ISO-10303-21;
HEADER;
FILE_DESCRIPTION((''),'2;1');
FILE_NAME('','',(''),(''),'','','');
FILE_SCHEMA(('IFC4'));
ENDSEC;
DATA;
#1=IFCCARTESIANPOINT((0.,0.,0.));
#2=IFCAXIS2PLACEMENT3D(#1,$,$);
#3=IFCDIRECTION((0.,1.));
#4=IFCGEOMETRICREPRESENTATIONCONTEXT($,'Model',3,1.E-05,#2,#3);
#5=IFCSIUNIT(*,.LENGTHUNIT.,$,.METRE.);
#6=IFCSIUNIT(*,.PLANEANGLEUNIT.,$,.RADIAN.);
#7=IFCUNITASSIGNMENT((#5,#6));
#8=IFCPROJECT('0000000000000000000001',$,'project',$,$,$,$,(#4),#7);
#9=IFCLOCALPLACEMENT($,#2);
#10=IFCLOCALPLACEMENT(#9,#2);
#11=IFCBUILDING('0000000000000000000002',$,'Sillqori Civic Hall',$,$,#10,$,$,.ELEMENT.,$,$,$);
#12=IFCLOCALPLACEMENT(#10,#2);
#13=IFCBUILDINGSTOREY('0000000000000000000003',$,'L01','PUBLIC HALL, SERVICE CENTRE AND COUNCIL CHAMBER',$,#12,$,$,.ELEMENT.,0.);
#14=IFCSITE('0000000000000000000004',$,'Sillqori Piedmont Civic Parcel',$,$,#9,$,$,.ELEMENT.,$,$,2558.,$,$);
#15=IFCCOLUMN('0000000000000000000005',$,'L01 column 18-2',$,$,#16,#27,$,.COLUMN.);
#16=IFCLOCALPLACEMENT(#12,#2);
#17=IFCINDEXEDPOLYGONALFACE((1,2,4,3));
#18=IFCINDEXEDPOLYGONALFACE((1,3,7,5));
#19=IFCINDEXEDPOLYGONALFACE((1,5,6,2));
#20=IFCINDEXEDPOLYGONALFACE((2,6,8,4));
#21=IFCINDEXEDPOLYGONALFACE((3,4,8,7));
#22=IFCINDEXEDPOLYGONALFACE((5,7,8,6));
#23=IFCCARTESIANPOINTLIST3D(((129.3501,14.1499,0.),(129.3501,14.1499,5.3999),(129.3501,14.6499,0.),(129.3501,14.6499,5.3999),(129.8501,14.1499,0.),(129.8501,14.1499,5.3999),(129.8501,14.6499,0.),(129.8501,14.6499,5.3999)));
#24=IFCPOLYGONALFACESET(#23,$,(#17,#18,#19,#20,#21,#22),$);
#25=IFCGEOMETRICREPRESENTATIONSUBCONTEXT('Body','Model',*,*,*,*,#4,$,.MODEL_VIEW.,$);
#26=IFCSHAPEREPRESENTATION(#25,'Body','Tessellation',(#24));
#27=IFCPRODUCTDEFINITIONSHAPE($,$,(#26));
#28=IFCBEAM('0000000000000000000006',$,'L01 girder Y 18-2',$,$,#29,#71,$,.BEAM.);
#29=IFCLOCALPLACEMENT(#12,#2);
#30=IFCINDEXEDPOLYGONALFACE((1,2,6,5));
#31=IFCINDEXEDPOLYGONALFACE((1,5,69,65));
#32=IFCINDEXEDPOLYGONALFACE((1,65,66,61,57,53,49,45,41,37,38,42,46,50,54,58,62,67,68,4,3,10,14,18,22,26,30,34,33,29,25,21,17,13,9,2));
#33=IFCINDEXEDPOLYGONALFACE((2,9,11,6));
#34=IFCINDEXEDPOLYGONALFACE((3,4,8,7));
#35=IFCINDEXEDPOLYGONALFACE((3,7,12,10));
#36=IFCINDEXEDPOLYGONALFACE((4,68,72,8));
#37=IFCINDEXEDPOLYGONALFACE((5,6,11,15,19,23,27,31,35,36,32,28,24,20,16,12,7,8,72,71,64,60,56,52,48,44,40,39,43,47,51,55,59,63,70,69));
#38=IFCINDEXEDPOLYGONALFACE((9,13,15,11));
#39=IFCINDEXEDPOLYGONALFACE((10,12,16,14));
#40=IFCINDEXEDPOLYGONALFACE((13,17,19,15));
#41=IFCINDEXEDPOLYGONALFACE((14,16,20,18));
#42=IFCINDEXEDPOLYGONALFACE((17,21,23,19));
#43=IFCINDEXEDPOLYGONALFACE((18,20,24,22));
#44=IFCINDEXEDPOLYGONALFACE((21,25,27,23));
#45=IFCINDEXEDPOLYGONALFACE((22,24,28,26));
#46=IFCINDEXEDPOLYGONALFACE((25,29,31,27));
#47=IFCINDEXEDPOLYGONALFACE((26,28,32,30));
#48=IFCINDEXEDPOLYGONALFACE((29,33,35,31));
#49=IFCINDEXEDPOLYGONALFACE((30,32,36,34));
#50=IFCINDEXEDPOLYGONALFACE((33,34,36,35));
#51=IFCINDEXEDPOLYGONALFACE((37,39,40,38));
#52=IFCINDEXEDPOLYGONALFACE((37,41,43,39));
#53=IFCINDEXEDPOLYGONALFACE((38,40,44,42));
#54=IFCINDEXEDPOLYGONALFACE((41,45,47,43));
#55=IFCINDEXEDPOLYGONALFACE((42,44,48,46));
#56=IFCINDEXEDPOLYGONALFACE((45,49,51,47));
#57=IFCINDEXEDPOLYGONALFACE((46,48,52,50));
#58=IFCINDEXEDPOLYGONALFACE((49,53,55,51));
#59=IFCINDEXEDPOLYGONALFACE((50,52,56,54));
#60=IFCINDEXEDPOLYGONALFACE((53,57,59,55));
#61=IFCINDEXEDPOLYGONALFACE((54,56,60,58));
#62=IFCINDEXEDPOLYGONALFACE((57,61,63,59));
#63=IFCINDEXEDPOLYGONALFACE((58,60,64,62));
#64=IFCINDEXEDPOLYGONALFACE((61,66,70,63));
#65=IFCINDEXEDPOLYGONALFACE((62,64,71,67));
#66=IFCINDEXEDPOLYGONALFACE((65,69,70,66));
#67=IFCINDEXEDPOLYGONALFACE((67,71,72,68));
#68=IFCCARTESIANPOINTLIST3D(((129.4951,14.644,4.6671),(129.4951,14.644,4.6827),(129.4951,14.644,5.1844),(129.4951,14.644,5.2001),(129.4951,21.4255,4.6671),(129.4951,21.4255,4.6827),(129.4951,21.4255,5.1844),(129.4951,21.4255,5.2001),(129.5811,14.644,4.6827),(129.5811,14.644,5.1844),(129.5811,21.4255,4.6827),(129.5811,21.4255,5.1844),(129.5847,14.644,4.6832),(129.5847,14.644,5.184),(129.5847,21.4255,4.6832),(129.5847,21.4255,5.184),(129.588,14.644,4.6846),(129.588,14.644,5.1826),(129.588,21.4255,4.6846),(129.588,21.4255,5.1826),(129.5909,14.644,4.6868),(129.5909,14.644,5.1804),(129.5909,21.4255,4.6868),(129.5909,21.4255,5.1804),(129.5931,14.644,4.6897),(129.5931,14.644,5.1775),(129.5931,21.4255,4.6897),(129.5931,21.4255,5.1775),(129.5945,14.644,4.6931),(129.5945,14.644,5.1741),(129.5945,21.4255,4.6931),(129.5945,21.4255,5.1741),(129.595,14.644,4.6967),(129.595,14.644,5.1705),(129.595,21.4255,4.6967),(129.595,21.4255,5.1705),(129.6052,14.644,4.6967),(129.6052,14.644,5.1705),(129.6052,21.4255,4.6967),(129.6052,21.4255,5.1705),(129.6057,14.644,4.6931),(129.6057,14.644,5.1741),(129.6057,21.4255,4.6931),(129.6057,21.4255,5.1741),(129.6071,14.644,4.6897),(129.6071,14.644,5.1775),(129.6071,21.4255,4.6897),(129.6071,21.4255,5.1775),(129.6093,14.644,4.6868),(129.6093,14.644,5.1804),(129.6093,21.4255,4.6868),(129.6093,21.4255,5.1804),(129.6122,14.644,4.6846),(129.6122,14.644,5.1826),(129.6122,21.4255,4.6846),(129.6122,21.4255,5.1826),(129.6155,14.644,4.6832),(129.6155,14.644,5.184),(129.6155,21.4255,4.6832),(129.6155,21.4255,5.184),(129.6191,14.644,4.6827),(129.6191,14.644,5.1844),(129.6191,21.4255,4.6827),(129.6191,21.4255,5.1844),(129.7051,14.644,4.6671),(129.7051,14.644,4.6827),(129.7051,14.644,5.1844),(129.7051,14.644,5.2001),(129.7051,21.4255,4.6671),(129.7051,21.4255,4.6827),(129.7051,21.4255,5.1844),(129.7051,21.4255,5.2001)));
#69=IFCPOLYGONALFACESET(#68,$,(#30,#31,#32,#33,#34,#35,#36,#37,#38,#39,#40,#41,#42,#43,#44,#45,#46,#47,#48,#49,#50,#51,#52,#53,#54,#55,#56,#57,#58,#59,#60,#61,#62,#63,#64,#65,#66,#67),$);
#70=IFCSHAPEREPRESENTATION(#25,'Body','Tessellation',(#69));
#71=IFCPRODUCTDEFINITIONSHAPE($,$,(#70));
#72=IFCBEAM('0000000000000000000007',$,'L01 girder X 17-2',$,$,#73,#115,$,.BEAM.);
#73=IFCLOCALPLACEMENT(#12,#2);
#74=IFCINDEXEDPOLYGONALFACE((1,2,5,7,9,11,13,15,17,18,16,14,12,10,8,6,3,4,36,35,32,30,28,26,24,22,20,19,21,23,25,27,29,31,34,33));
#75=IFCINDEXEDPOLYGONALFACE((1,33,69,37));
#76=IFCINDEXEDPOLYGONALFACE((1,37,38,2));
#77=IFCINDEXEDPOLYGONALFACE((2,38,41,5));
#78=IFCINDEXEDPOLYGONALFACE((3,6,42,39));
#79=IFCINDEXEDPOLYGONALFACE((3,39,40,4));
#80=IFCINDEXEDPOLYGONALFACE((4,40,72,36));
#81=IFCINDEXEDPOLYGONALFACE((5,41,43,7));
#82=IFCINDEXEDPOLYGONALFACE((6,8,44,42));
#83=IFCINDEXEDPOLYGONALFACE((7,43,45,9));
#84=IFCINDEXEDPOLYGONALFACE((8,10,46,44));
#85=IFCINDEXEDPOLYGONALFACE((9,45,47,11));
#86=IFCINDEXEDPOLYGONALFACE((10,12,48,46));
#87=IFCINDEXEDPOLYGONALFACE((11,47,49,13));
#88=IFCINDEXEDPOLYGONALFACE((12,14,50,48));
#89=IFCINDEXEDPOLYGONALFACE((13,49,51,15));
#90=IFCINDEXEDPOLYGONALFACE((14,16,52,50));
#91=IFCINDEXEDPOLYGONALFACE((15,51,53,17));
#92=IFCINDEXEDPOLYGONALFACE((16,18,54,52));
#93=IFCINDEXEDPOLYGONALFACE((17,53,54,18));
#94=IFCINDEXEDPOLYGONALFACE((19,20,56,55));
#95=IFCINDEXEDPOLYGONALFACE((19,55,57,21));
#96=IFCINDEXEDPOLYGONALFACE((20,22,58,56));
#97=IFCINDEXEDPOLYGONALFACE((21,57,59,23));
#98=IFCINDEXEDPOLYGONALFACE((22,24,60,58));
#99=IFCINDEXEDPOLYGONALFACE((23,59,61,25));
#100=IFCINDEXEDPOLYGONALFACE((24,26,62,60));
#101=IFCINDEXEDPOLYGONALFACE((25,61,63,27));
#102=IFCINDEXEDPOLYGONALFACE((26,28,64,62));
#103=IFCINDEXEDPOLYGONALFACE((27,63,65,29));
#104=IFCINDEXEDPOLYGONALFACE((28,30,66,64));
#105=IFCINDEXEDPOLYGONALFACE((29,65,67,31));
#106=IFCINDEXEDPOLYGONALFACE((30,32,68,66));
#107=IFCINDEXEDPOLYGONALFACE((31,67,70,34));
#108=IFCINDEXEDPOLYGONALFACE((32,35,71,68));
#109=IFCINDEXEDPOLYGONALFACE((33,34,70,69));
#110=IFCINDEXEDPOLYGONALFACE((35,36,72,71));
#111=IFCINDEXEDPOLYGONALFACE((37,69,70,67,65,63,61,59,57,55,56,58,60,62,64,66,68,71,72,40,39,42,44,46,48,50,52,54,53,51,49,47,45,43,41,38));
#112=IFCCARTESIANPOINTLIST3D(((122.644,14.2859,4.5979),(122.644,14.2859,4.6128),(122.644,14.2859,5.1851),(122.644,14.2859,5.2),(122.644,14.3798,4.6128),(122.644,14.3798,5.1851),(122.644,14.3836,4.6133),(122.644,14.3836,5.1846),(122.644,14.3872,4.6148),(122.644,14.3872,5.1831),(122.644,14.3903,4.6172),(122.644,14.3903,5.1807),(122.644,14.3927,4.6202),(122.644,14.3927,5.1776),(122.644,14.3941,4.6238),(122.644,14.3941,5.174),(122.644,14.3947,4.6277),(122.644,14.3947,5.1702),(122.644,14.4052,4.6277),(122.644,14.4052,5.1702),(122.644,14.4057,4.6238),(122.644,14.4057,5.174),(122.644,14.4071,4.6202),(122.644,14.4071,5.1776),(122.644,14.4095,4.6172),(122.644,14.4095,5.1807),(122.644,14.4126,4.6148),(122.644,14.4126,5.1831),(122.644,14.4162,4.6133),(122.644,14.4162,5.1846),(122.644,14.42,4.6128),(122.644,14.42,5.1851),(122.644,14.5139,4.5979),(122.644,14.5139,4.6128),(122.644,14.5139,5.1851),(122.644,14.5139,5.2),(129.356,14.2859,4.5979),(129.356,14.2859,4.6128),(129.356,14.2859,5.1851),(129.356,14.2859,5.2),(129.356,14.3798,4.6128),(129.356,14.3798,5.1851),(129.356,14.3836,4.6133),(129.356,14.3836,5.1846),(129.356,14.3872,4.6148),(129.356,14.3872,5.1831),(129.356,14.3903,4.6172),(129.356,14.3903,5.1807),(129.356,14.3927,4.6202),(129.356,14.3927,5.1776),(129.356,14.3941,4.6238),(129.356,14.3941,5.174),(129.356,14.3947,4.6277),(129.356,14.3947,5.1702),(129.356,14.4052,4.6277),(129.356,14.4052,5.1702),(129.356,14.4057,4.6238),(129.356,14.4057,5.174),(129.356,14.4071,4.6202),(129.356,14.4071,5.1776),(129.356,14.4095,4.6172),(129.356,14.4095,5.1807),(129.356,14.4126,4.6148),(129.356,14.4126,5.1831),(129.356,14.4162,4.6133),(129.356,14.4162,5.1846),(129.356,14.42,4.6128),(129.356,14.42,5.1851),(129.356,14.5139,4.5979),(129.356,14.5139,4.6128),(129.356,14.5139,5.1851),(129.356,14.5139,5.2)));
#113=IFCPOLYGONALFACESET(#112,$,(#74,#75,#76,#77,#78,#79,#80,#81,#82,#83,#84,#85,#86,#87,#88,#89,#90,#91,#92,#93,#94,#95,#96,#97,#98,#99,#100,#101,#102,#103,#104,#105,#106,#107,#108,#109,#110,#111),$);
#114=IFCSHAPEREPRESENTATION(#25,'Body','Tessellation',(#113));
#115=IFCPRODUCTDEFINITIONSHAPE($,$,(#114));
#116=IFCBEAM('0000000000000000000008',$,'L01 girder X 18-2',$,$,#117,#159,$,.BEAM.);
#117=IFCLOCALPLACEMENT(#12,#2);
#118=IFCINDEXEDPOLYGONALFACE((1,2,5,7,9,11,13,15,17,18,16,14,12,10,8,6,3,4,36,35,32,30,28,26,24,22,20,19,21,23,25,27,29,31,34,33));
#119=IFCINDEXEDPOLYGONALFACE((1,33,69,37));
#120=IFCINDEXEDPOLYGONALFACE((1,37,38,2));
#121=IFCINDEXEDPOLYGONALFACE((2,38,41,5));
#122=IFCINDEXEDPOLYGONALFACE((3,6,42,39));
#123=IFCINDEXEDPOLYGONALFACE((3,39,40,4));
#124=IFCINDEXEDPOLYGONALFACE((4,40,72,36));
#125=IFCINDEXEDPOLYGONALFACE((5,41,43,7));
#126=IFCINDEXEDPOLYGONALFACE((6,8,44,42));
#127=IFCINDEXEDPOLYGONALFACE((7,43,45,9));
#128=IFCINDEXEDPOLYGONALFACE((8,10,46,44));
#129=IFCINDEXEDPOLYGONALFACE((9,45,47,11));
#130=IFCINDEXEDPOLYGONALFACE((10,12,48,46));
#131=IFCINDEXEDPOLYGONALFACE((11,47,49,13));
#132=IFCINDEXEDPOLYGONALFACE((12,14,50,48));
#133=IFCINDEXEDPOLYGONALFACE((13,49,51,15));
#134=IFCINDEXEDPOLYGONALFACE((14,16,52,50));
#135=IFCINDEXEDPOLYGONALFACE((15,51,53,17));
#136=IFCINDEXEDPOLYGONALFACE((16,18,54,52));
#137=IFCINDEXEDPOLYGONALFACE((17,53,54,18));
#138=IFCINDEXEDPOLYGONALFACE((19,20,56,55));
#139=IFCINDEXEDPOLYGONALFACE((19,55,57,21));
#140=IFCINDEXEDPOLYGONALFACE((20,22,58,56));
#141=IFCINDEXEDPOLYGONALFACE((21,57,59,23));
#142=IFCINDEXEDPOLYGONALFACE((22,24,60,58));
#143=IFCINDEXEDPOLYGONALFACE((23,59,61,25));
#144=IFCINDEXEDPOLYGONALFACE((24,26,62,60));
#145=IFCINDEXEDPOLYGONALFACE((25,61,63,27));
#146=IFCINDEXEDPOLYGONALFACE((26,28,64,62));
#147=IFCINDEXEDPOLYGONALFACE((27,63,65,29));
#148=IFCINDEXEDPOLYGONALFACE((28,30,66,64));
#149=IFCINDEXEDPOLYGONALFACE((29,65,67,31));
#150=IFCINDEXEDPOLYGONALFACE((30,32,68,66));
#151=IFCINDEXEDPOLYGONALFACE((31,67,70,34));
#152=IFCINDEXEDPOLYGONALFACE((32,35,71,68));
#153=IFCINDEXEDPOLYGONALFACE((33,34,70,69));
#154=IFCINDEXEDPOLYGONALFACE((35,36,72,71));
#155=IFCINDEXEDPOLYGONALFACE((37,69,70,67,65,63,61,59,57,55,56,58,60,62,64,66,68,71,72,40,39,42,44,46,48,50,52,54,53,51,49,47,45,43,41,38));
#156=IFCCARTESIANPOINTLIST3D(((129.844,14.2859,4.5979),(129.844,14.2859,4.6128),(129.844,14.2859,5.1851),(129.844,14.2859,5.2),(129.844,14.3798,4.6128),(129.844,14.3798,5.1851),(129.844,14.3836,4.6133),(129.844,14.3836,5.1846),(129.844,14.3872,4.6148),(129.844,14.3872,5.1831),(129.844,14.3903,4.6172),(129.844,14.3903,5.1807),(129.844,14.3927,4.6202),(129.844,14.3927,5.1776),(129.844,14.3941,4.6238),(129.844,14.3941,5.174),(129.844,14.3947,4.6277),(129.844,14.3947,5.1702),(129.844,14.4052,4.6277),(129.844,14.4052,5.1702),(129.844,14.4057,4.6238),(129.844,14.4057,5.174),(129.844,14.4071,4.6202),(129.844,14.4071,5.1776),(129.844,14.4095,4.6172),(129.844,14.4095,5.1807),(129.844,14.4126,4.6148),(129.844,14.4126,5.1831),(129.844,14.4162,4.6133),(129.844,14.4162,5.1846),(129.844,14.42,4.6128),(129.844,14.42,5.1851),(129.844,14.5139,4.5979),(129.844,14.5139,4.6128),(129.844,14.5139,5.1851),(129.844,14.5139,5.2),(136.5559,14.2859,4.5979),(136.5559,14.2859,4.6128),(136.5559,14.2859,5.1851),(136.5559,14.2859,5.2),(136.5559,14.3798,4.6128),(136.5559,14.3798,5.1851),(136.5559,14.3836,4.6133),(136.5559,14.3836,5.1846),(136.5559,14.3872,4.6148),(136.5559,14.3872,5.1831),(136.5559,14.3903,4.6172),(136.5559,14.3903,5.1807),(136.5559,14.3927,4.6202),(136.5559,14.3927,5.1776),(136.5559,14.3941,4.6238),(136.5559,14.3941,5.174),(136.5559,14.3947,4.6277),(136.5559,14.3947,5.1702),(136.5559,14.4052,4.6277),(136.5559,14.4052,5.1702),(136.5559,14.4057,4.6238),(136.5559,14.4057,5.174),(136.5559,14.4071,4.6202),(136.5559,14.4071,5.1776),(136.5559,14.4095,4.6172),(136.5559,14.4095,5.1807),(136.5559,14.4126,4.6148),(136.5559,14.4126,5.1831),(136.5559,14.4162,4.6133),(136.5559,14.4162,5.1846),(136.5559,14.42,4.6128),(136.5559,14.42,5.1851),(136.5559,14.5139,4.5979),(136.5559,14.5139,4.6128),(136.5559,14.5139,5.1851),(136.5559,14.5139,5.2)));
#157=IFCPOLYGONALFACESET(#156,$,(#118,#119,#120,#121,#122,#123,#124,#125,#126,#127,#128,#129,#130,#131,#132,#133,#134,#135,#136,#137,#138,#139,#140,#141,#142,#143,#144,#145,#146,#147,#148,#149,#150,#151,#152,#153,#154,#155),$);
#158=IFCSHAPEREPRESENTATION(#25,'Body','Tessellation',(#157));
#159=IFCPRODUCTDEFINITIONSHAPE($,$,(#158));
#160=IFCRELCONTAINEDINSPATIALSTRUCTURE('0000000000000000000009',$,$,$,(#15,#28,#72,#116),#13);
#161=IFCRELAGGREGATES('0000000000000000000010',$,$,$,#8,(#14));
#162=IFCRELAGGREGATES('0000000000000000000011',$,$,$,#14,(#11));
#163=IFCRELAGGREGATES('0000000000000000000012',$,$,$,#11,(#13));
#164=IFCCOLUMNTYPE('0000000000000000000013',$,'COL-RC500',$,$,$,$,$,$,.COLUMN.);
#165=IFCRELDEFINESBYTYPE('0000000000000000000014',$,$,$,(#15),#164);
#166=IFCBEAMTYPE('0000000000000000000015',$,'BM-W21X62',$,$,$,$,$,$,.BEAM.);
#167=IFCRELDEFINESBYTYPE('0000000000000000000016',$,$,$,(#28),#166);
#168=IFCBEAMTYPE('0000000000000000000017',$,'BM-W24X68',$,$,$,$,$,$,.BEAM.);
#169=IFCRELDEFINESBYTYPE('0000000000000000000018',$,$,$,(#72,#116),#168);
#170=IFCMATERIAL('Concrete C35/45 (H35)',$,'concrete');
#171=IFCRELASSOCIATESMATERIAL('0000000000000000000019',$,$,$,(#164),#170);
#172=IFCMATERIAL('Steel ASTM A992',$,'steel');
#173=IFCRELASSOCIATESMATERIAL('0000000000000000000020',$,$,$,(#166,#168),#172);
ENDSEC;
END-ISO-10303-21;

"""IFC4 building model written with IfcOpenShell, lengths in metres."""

from ifc_helpers import new_model, si_unit, direction, frame, origin, origin_2d, place, context, subcontext, project, spatial, rectangle, i_section, extrude, material, material_profile, profile_set, type_object, element, save


model = new_model("IFC4")

# Units and contexts
model_context = context("Model", 3, precision=1e-05, world=origin(), true_north=direction((0.0, 1.0)))
body_context = subcontext(model_context, "Body", "Model", "MODEL_VIEW")
ifc_project = project(units=[si_unit("LENGTHUNIT", "METRE"), si_unit("PLANEANGLEUNIT", "RADIAN")], contexts=[model_context])

# Site, building, storey
site_placement = place(None, origin())
site = spatial("IfcSite", under=ifc_project, at=site_placement, Name="Sillqori Piedmont Civic Parcel", CompositionType="ELEMENT", RefElevation=2558.0)
building_placement = place(site_placement, origin())
building = spatial("IfcBuilding", under=site, at=building_placement, Name="Sillqori Civic Hall", CompositionType="ELEMENT")
storey_placement = place(building_placement, origin())
storey = spatial("IfcBuildingStorey", under=building, at=storey_placement, Name="L01", Description="PUBLIC HALL, SERVICE CENTRE AND COUNCIL CHAMBER", CompositionType="ELEMENT", Elevation=0.0)

# Column
ifc_material_1 = material(Name="Concrete C35/45 (H35)", Category="concrete")
ifc_material_profile_1 = material_profile(ifc_material_1, rectangle(XDim=0.5, YDim=0.5, at=origin_2d()), Name="RC 500x500")
ifc_profile_set_1 = profile_set([ifc_material_profile_1], Name="Concrete C35/45 (H35)")
column_type = type_object("IfcColumnType", Name="COL-RC500", PredefinedType="COLUMN", material=ifc_profile_set_1)
column_placement = place(storey_placement, frame((129.6001, 14.3999, 0.0), z_axis=(0.0, 0.0, 1.0), x_axis=(1.0, 0.0, 0.0)))
element("IfcColumn", 1, at=column_placement, inside=storey, type_object=column_type, Name="L01 column 18-2", PredefinedType="COLUMN", context=body_context, shape_type="SweptSolid", body=[
    extrude(rectangle(XDim=0.5, YDim=0.5, at=origin_2d()), origin(), (0.0, 0.0, 1.0), 5.3999),
])

# Beams
ifc_material_2 = material(Name="Steel ASTM A992", Category="steel")
ifc_material_profile_2 = material_profile(ifc_material_2, i_section(OverallWidth=0.21, OverallDepth=0.533, WebThickness=0.0103, FlangeThickness=0.0156, FilletRadius=0.0139, at=origin_2d()), Name="W21X62")
ifc_profile_set_2 = profile_set([ifc_material_profile_2], Name="Steel ASTM A992")
beam_type_1 = type_object("IfcBeamType", Name="BM-W21X62", PredefinedType="BEAM", material=ifc_profile_set_2)
beam_1_placement = place(storey_placement, frame((129.6001, 14.644, 4.9336), z_axis=(0.0, 1.0, 0.0), x_axis=(-1.0, 0.0, 0.0)))
element("IfcBeam", 2, at=beam_1_placement, inside=storey, type_object=beam_type_1, Name="L01 girder Y 18-2", PredefinedType="BEAM", context=body_context, shape_type="SweptSolid", body=[
    extrude(i_section(OverallWidth=0.21, OverallDepth=0.533, WebThickness=0.0103, FlangeThickness=0.0156, FilletRadius=0.0139, at=origin_2d()), origin(), (0.0, 0.0, 1.0), 6.7815),
])
ifc_material_profile_3 = material_profile(ifc_material_2, i_section(OverallWidth=0.228, OverallDepth=0.6021, WebThickness=0.0105, FlangeThickness=0.0149, FilletRadius=0.0149, at=origin_2d()), Name="W24X68")
ifc_profile_set_3 = profile_set([ifc_material_profile_3], Name="Steel ASTM A992")
beam_type_2 = type_object("IfcBeamType", Name="BM-W24X68", PredefinedType="BEAM", material=ifc_profile_set_3)
for number, where, z_axis, x_axis, name in (
    (3, (122.644, 14.3999, 4.8989), (1.0, 0.0, 0.0), (0.0, 1.0, 0.0), "L01 girder X 17-2"),
    (4, (129.844, 14.3999, 4.8989), (1.0, 0.0, 0.0), (0.0, 1.0, 0.0), "L01 girder X 18-2"),
):
    element("IfcBeam", number, at=place(storey_placement, frame(where, z_axis=z_axis, x_axis=x_axis)), inside=storey, type_object=beam_type_2, Name=name, PredefinedType="BEAM", context=body_context, shape_type="SweptSolid", body=[
        extrude(i_section(OverallWidth=0.228, OverallDepth=0.6021, WebThickness=0.0105, FlangeThickness=0.0149, FilletRadius=0.0149, at=origin_2d()), origin(), (0.0, 0.0, 1.0), 6.7119),
    ])

save(model, "model.ifc")
